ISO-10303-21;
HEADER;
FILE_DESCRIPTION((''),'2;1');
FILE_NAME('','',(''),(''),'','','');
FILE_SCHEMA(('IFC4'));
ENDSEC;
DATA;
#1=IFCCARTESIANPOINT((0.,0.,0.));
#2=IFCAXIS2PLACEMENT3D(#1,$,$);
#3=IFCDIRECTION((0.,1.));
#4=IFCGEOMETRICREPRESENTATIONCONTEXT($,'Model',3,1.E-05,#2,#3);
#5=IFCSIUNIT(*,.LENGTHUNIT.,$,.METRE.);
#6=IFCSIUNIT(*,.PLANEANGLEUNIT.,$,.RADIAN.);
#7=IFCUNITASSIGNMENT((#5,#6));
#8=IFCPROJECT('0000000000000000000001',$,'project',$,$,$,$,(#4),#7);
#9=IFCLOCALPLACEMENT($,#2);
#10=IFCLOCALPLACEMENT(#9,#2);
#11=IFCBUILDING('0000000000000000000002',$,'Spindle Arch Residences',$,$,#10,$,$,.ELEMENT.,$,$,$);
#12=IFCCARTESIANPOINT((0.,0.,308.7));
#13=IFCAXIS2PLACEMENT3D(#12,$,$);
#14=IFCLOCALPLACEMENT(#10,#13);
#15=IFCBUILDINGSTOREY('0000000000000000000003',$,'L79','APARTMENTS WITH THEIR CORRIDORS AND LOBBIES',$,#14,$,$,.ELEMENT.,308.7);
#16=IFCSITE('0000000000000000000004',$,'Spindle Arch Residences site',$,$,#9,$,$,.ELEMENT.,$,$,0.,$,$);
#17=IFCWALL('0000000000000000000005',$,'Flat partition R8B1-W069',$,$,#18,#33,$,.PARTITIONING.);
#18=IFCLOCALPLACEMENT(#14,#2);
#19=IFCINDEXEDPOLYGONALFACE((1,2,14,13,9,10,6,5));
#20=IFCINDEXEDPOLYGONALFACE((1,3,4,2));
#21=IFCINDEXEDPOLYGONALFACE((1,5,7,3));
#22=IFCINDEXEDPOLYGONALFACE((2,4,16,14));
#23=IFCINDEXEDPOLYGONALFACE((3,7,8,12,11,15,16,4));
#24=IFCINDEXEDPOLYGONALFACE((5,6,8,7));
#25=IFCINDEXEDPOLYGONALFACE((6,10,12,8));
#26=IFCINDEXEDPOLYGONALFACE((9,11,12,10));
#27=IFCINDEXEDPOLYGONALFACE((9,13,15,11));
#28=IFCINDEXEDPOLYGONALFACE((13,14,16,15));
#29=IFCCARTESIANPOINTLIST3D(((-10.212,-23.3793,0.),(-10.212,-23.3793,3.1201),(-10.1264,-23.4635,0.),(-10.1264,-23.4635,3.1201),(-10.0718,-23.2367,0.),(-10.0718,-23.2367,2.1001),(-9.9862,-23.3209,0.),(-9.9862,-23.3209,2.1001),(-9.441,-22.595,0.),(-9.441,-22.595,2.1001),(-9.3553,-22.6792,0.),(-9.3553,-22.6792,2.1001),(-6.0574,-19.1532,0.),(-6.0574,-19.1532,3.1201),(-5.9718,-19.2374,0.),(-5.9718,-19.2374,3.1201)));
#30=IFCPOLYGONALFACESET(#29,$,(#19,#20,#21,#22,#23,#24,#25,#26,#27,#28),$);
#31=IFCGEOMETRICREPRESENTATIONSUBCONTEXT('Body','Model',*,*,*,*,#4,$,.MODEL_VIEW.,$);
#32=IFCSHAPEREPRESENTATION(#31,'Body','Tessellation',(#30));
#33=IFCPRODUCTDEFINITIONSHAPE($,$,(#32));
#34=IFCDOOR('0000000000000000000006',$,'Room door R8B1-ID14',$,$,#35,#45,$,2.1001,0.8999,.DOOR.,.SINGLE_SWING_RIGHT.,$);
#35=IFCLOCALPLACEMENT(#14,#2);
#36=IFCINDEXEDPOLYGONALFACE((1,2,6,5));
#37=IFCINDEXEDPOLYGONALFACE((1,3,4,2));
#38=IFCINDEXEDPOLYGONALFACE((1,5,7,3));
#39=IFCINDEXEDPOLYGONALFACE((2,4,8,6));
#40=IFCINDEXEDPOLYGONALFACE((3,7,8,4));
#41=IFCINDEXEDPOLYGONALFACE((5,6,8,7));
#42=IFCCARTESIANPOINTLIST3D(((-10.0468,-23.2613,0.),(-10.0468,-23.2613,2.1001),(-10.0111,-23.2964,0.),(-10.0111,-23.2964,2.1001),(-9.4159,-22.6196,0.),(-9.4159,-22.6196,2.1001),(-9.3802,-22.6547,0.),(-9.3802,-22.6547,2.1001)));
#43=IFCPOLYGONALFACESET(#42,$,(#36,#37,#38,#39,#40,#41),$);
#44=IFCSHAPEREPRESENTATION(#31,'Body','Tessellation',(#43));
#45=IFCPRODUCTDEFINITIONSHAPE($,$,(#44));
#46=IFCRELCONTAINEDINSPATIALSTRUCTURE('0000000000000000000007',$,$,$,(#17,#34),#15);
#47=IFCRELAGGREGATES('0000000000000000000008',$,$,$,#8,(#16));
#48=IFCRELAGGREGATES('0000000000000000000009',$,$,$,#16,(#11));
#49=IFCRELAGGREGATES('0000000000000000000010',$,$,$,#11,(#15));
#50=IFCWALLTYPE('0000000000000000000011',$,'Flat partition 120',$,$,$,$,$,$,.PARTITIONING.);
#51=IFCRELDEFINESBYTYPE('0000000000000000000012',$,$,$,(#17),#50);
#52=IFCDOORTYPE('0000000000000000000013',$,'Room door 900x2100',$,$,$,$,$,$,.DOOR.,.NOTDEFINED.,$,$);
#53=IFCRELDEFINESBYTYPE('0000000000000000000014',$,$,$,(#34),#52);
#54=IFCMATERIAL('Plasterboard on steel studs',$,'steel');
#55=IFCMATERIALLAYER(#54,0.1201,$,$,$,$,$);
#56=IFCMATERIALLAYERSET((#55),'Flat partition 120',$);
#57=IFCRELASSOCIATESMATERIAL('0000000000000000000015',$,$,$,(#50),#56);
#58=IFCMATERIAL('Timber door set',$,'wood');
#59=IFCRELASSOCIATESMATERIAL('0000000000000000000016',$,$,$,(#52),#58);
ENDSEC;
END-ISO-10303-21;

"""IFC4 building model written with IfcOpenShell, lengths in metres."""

from ifc_helpers import new_model, si_unit, direction, frame, frame_2d, origin, place, context, subcontext, project, spatial, rectangle, extrude, material, layer, layer_set, type_object, element, fill, save


model = new_model("IFC4")

# Units and contexts
model_context = context("Model", 3, precision=1e-05, world=origin(), true_north=direction((0.0, 1.0)))
body_context = subcontext(model_context, "Body", "Model", "MODEL_VIEW")
ifc_project = project(units=[si_unit("LENGTHUNIT", "METRE"), si_unit("PLANEANGLEUNIT", "RADIAN")], contexts=[model_context])

# Site, building, storey
site_placement = place(None, origin())
site = spatial("IfcSite", under=ifc_project, at=site_placement, Name="Spindle Arch Residences site", CompositionType="ELEMENT", RefElevation=0.0)
building_placement = place(site_placement, origin())
building = spatial("IfcBuilding", under=site, at=building_placement, Name="Spindle Arch Residences", CompositionType="ELEMENT")
storey_placement = place(building_placement, frame((0.0, 0.0, 308.7)))
storey = spatial("IfcBuildingStorey", under=building, at=storey_placement, Name="L79", Description="APARTMENTS WITH THEIR CORRIDORS AND LOBBIES", CompositionType="ELEMENT", Elevation=308.7)

# Shared definitions
ifc_material_1 = material(Name="Plasterboard on steel studs", Category="steel")
ifc_layer_1 = layer(ifc_material_1, 0.1201)
ifc_layer_set_1 = layer_set([ifc_layer_1], Name="Flat partition 120")
wall_type = type_object("IfcWallType", Name="Flat partition 120", PredefinedType="PARTITIONING", material=ifc_layer_set_1)

# Wall, opening, door
wall_1_placement = place(storey_placement, frame((-10.1692, -23.4214, 0.0), z_axis=(0.0, 0.0, 1.0), x_axis=(0.701046, 0.713116, 0.0)))
wall_1 = element("IfcWall", 1, at=wall_1_placement, inside=storey, type_object=wall_type, Name="Flat partition R8B1-W069", PredefinedType="PARTITIONING", context=body_context, shape_type="SweptSolid", body=[
    extrude(rectangle(XDim=5.9263, YDim=0.1201, at=frame_2d((2.9631, 0.0))), origin(), (0.0, 0.0, 1.0), 3.1201),
])
opening_placement = place(wall_1_placement, frame((0.2, 0.0, 0.0)))
opening = element("IfcOpeningElement", 2, at=opening_placement, cuts=wall_1, PredefinedType="OPENING", context=body_context, shape_type="SweptSolid", body=[
    extrude(rectangle(XDim=0.8999, YDim=2.1001, at=frame_2d((0.45, 1.05))), frame((0.0, 0.0701, 0.0), z_axis=(0.0, -1.0, 0.0), x_axis=(1.0, 0.0, 0.0)), (0.0, 0.0, 1.0), 0.1401),
])
ifc_material_2 = material(Name="Timber door set", Category="wood")
door_type = type_object("IfcDoorType", Name="Room door 900x2100", OperationType="NOTDEFINED", PredefinedType="DOOR", material=ifc_material_2)
door_placement = place(opening_placement, origin())
door = element("IfcDoor", 3, at=door_placement, inside=storey, type_object=door_type, Name="Room door R8B1-ID14", OperationType="SINGLE_SWING_RIGHT", OverallHeight=2.1001, OverallWidth=0.8999, PredefinedType="DOOR", context=body_context, shape_type="SweptSolid", body=[
    extrude(rectangle(XDim=0.8999, YDim=2.1001, at=frame_2d((0.45, 1.05))), frame((0.0, 0.0249, 0.0), z_axis=(0.0, -1.0, 0.0), x_axis=(1.0, 0.0, 0.0)), (0.0, 0.0, 1.0), 0.05),
])
fill(opening, door)

save(model, "model.ifc")
